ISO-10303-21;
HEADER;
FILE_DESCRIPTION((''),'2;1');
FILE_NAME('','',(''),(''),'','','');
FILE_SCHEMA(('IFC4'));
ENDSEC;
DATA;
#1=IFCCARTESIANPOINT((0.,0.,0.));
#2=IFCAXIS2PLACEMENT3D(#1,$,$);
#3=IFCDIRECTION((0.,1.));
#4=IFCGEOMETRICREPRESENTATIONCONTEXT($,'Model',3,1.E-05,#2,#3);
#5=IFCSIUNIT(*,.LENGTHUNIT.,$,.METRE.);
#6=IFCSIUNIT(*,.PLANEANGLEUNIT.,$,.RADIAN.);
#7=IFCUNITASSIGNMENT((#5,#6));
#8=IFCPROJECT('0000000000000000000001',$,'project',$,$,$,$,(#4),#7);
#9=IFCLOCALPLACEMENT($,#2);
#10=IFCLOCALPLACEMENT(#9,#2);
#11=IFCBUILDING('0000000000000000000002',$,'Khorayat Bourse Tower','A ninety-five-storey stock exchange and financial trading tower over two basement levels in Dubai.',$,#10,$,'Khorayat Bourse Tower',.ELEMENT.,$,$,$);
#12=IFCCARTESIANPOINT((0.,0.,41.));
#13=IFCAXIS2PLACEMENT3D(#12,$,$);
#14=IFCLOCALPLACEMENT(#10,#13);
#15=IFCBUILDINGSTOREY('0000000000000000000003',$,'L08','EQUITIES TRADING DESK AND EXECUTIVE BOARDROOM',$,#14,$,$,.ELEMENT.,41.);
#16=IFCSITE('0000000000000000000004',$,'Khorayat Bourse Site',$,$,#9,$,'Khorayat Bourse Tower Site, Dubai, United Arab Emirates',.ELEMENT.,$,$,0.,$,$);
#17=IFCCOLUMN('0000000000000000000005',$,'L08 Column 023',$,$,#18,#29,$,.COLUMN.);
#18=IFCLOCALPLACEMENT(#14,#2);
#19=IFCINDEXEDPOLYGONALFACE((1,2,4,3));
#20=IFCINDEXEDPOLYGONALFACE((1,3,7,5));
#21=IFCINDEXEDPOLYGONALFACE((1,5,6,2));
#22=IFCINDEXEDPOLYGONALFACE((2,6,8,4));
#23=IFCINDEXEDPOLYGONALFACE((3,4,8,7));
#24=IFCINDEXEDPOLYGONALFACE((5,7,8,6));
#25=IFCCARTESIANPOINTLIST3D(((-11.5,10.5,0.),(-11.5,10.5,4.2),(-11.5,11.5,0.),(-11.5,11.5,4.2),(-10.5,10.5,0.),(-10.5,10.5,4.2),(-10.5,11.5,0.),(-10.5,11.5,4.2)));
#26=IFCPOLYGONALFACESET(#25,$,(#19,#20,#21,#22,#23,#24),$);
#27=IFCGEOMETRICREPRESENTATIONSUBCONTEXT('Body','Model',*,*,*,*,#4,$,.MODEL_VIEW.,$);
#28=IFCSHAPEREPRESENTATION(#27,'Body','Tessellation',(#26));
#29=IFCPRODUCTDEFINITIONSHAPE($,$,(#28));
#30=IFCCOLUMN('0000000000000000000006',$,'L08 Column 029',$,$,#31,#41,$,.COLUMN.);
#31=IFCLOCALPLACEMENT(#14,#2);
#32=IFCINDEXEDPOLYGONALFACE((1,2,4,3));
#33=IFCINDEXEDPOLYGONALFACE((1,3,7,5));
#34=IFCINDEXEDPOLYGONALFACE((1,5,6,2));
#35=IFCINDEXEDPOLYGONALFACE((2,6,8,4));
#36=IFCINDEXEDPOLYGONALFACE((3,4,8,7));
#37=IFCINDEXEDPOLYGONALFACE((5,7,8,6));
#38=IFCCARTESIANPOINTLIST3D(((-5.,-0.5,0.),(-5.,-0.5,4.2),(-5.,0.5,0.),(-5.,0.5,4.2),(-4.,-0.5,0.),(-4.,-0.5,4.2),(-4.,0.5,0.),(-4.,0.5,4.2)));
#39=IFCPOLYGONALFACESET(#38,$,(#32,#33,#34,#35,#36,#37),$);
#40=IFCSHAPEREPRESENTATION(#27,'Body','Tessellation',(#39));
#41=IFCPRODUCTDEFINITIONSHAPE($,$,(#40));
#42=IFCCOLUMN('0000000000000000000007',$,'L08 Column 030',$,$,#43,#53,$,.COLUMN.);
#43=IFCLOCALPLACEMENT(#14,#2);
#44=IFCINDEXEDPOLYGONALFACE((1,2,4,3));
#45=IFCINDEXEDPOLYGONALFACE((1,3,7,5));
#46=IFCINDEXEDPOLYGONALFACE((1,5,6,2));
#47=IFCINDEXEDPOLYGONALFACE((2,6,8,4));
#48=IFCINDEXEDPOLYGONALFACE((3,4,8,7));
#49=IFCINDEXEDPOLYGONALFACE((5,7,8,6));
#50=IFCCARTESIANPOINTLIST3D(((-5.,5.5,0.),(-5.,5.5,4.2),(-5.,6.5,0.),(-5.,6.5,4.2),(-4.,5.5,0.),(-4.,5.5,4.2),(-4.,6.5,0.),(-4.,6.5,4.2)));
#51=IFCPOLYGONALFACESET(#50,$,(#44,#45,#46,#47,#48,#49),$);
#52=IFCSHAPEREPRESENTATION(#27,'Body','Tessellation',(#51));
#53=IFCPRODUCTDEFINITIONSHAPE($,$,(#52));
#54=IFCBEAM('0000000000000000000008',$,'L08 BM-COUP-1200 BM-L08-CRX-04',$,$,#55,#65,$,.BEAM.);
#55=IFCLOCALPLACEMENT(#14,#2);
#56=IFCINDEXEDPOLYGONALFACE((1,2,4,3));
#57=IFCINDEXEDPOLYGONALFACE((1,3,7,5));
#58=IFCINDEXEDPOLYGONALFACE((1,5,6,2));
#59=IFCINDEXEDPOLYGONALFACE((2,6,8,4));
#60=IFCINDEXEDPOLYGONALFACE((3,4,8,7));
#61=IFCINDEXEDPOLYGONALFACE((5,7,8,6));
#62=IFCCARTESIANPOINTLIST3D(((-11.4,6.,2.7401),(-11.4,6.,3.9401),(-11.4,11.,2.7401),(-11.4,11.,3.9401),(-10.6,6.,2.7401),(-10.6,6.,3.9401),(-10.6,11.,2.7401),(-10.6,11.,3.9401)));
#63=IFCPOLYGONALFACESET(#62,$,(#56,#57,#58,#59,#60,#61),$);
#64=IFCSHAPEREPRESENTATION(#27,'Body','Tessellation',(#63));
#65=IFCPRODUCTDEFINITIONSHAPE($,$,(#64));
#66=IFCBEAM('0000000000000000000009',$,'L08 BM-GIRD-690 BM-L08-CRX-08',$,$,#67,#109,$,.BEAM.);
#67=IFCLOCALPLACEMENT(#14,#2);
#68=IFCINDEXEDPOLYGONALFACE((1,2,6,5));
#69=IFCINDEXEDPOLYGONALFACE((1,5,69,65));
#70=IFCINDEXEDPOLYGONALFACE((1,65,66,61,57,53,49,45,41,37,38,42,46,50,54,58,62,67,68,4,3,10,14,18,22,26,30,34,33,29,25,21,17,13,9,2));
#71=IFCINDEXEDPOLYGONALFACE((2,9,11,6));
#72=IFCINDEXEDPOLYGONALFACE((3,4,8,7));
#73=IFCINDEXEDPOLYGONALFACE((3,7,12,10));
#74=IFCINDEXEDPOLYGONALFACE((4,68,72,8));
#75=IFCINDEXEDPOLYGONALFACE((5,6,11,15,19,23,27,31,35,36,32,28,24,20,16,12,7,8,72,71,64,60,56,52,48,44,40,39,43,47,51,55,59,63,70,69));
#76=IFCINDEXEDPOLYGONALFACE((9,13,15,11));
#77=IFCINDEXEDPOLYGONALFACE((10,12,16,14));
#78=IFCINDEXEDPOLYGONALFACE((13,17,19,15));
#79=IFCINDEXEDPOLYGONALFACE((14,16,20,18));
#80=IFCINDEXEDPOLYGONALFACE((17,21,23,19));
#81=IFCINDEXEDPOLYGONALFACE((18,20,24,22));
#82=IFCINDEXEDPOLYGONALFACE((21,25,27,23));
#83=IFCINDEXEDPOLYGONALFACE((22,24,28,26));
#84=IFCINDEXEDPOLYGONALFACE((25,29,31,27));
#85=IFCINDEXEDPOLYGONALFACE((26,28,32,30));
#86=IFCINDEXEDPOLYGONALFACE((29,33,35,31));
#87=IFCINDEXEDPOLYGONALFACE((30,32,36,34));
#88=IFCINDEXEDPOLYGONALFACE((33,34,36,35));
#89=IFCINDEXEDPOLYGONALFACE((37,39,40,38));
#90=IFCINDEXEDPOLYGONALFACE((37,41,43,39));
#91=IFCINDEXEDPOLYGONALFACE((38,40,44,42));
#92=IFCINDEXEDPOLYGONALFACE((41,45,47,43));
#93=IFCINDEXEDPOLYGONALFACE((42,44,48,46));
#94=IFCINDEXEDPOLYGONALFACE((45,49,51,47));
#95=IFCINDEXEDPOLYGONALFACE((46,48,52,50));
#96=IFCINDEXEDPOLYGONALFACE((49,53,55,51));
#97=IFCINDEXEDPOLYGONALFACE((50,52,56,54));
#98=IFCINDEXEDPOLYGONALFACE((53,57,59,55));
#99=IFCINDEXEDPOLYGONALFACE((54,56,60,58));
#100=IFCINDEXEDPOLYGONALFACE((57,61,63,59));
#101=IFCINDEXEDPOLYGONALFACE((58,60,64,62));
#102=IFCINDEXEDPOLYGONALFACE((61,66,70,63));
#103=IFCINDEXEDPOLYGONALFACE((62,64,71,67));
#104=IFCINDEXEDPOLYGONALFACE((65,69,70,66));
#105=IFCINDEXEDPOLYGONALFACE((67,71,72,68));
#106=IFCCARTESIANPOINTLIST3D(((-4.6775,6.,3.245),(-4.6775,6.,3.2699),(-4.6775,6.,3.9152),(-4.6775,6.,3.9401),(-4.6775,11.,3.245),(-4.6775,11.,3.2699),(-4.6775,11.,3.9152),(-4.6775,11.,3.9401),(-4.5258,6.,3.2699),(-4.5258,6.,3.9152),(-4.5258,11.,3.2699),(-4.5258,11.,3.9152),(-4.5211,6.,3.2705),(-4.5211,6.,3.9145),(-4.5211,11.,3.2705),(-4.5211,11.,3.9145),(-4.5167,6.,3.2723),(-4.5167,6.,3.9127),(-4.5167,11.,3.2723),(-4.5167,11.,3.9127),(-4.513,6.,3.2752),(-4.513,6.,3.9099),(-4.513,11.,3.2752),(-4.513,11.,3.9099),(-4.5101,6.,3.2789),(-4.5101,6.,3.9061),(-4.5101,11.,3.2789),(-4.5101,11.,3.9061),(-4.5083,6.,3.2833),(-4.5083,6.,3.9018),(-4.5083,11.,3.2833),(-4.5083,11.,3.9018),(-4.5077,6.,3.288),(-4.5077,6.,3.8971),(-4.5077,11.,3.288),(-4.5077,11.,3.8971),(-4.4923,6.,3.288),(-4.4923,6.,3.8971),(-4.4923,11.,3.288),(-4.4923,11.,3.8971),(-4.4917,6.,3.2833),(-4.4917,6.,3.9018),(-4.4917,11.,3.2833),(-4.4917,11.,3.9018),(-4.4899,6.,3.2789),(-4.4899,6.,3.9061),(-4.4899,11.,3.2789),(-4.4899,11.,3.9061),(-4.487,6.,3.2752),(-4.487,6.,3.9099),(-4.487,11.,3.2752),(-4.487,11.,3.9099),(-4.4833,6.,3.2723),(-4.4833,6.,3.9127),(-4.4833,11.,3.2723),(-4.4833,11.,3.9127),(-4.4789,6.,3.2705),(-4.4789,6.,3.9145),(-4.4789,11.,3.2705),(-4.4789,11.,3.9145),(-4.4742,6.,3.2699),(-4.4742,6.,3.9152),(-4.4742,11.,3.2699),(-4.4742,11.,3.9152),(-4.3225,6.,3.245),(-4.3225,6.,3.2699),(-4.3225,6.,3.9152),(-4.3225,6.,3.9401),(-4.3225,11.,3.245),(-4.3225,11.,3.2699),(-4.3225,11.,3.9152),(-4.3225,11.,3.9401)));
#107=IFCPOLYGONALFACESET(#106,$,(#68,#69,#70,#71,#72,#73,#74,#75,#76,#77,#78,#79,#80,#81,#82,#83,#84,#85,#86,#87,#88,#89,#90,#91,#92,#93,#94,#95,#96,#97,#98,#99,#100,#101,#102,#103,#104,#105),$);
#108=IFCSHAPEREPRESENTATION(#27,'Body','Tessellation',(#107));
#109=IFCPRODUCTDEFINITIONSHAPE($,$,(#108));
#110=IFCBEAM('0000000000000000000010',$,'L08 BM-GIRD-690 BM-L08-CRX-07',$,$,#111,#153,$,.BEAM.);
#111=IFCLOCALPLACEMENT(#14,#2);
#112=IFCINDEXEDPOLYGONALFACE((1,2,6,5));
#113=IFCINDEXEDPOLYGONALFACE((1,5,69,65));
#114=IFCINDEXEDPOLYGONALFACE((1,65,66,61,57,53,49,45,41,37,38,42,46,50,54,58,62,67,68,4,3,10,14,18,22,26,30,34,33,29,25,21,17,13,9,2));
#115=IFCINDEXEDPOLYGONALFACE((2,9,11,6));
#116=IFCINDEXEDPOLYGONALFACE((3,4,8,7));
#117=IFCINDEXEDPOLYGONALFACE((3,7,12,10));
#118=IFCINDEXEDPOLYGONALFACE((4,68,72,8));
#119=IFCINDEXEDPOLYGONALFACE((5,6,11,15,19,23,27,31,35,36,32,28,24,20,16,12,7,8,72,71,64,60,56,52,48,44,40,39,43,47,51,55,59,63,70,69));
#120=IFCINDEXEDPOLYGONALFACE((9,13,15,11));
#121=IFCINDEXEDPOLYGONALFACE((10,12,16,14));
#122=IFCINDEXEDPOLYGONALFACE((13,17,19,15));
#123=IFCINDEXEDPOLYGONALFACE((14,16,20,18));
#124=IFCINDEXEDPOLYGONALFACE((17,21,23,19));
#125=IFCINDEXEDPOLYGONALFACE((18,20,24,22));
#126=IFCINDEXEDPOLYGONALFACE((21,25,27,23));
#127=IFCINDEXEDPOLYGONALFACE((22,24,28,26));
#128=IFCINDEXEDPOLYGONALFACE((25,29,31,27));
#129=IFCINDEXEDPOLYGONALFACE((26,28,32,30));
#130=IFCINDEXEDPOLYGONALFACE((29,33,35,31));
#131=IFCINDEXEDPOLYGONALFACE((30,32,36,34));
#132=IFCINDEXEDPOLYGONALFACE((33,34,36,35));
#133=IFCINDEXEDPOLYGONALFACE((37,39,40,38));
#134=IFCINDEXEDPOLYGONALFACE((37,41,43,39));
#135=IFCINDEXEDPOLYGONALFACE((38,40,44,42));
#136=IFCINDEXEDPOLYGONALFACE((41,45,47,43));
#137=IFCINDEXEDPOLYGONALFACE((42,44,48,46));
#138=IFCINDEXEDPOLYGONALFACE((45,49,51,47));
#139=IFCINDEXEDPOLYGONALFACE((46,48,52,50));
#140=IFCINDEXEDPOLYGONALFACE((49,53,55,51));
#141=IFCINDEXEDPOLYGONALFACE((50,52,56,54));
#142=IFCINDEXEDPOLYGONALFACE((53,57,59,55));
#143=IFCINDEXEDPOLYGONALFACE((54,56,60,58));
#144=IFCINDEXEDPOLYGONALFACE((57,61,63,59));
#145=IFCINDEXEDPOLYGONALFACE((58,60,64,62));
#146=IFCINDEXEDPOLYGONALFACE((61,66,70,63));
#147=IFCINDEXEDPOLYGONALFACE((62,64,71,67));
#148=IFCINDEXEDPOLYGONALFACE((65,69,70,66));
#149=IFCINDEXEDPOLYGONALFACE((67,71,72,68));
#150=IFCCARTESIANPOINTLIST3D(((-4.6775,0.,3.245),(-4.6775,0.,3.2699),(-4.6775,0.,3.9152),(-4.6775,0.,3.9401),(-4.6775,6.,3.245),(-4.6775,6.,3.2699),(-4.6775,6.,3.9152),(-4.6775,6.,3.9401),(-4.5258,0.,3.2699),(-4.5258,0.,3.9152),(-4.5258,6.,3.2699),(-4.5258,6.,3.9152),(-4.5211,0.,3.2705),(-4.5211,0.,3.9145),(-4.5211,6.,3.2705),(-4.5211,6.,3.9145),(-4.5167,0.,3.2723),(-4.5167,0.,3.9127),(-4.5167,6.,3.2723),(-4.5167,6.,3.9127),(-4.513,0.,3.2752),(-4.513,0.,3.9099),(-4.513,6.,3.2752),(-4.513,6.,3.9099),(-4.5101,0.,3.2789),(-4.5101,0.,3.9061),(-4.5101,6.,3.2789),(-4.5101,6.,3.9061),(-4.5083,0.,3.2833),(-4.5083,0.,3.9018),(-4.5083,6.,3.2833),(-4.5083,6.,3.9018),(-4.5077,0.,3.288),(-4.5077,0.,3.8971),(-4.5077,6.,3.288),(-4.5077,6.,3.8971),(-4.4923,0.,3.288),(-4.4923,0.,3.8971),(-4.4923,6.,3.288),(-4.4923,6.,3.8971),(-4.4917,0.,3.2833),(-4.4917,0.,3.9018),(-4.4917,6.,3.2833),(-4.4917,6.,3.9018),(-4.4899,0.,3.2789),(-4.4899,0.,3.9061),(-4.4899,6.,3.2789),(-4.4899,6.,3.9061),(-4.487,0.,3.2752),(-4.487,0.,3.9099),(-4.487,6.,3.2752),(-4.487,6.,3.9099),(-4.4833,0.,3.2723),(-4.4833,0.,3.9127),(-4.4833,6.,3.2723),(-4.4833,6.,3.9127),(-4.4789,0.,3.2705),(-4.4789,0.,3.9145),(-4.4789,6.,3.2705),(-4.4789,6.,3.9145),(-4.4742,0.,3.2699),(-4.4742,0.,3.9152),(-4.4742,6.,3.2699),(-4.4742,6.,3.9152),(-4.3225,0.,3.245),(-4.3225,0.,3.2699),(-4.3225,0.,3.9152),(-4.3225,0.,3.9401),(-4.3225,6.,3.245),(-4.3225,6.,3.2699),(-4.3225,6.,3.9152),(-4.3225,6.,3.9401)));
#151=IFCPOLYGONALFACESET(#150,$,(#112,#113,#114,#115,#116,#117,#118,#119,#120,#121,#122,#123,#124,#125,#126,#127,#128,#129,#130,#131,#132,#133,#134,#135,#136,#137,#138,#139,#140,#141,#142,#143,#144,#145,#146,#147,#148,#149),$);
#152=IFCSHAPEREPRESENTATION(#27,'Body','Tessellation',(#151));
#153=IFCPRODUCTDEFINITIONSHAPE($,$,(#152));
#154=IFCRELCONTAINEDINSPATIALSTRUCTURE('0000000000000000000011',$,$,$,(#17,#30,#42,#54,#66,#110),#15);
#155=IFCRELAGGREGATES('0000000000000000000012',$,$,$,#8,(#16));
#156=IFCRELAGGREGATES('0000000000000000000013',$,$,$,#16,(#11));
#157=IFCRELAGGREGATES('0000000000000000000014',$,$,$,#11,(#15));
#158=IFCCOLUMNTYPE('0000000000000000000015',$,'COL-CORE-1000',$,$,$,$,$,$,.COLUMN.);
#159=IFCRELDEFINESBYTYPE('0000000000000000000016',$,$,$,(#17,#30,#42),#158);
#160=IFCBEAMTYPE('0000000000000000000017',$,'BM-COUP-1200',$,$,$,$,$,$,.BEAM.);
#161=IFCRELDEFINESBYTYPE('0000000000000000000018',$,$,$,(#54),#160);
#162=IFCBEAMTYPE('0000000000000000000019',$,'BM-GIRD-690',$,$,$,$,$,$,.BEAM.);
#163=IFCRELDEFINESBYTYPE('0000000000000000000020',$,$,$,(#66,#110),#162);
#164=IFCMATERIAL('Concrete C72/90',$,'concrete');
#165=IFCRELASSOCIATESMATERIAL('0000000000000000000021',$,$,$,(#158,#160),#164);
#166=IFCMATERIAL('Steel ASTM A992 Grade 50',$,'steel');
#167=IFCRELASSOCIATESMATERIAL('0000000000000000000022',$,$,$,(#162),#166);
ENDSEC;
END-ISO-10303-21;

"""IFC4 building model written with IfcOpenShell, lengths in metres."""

from ifc_helpers import new_model, si_unit, direction, frame, origin, origin_2d, place, context, subcontext, project, spatial, rectangle, i_section, extrude, source, transform, mapped, material, material_profile, profile_set, type_object, element, save


model = new_model("IFC4")

# Units and contexts
model_context = context("Model", 3, precision=1e-05, world=origin(), true_north=direction((0.0, 1.0)))
body_context = subcontext(model_context, "Body", "Model", "MODEL_VIEW")
ifc_project = project(units=[si_unit("LENGTHUNIT", "METRE"), si_unit("PLANEANGLEUNIT", "RADIAN")], contexts=[model_context])

# Site, building, storey
site_placement = place(None, origin())
site = spatial("IfcSite", under=ifc_project, at=site_placement, Name="Khorayat Bourse Site", LongName="Khorayat Bourse Tower Site, Dubai, United Arab Emirates", CompositionType="ELEMENT", RefElevation=0.0)
building_placement = place(site_placement, origin())
building = spatial("IfcBuilding", under=site, at=building_placement, Name="Khorayat Bourse Tower", Description="A ninety-five-storey stock exchange and financial trading tower over two basement levels in Dubai.", LongName="Khorayat Bourse Tower", CompositionType="ELEMENT")
storey_placement = place(building_placement, frame((0.0, 0.0, 41.0)))
storey = spatial("IfcBuildingStorey", under=building, at=storey_placement, Name="L08", Description="EQUITIES TRADING DESK AND EXECUTIVE BOARDROOM", CompositionType="ELEMENT", Elevation=41.0)

# Columns
ifc_material_1 = material(Name="Concrete C72/90", Category="concrete")
ifc_material_profile_1 = material_profile(ifc_material_1, rectangle(XDim=1.0, YDim=1.0, at=origin_2d()), Name="RC 1000x1000")
ifc_profile_set_1 = profile_set([ifc_material_profile_1], Name="Concrete C72/90")
column_type = type_object("IfcColumnType", Name="COL-CORE-1000", PredefinedType="COLUMN", material=ifc_profile_set_1)
shared_shape_1 = source(origin(), body_context, "Body", "SweptSolid", [
    extrude(rectangle(XDim=1.0, YDim=1.0, at=origin_2d()), origin(), (0.0, 0.0, 1.0), 4.2),
])
for number, where, z_axis, x_axis, name in (
    (1, (-11.0, 11.0, 0.0), (0.0, 0.0, 1.0), (1.0, 0.0, 0.0), "L08 Column 023"),
    (2, (-4.5, 0.0, 0.0), (0.0, 0.0, 1.0), (1.0, 0.0, 0.0), "L08 Column 029"),
    (3, (-4.5, 6.0, 0.0), (0.0, 0.0, 1.0), (1.0, 0.0, 0.0), "L08 Column 030"),
):
    element("IfcColumn", number, at=place(storey_placement, frame(where, z_axis=z_axis, x_axis=x_axis)), inside=storey, type_object=column_type, Name=name, PredefinedType="COLUMN", context=body_context, shape_type="MappedRepresentation", body=[
        mapped(shared_shape_1, transform((0.0, 0.0, 0.0), scale=1.0)),
    ])

# Beams
ifc_material_profile_2 = material_profile(ifc_material_1, rectangle(XDim=0.8, YDim=1.2, at=origin_2d()), Name="RC 800x1200")
ifc_profile_set_2 = profile_set([ifc_material_profile_2], Name="Concrete C72/90")
beam_type_1 = type_object("IfcBeamType", Name="BM-COUP-1200", PredefinedType="BEAM", material=ifc_profile_set_2)
shared_shape_2 = source(origin(), body_context, "Body", "SweptSolid", [
    extrude(rectangle(XDim=0.8, YDim=1.2, at=origin_2d()), origin(), (0.0, 0.0, 1.0), 5.0),
])
beam_1_placement = place(storey_placement, frame((-11.0, 6.0, 3.3401), z_axis=(0.0, 1.0, 0.0), x_axis=(-1.0, 0.0, 0.0)))
element("IfcBeam", 4, at=beam_1_placement, inside=storey, type_object=beam_type_1, Name="L08 BM-COUP-1200 BM-L08-CRX-04", PredefinedType="BEAM", context=body_context, shape_type="MappedRepresentation", body=[
    mapped(shared_shape_2, transform((0.0, 0.0, 0.0), scale=1.0)),
])
ifc_material_2 = material(Name="Steel ASTM A992 Grade 50", Category="steel")
ifc_material_profile_3 = material_profile(ifc_material_2, i_section(OverallWidth=0.355, OverallDepth=0.6951, WebThickness=0.0154, FlangeThickness=0.0249, FilletRadius=0.0181, at=origin_2d()), Name="W690X217")
ifc_profile_set_3 = profile_set([ifc_material_profile_3], Name="Steel ASTM A992 Grade 50")
beam_type_2 = type_object("IfcBeamType", Name="BM-GIRD-690", PredefinedType="BEAM", material=ifc_profile_set_3)
shared_shape_3 = source(origin(), body_context, "Body", "SweptSolid", [
    extrude(i_section(OverallWidth=0.355, OverallDepth=0.6951, WebThickness=0.0154, FlangeThickness=0.0249, FilletRadius=0.0181, at=origin_2d()), origin(), (0.0, 0.0, 1.0), 5.0),
])
beam_2_placement = place(storey_placement, frame((-4.5, 6.0, 3.5925), z_axis=(0.0, 1.0, 0.0), x_axis=(-1.0, 0.0, 0.0)))
element("IfcBeam", 5, at=beam_2_placement, inside=storey, type_object=beam_type_2, Name="L08 BM-GIRD-690 BM-L08-CRX-08", PredefinedType="BEAM", context=body_context, shape_type="MappedRepresentation", body=[
    mapped(shared_shape_3, transform((0.0, 0.0, 0.0), scale=1.0)),
])
shared_shape_4 = source(origin(), body_context, "Body", "SweptSolid", [
    extrude(i_section(OverallWidth=0.355, OverallDepth=0.6951, WebThickness=0.0154, FlangeThickness=0.0249, FilletRadius=0.0181, at=origin_2d()), origin(), (0.0, 0.0, 1.0), 6.0),
])
beam_3_placement = place(storey_placement, frame((-4.5, 0.0, 3.5925), z_axis=(0.0, 1.0, 0.0), x_axis=(-1.0, 0.0, 0.0)))
element("IfcBeam", 6, at=beam_3_placement, inside=storey, type_object=beam_type_2, Name="L08 BM-GIRD-690 BM-L08-CRX-07", PredefinedType="BEAM", context=body_context, shape_type="MappedRepresentation", body=[
    mapped(shared_shape_4, transform((0.0, 0.0, 0.0), scale=1.0)),
])

save(model, "model.ifc")
